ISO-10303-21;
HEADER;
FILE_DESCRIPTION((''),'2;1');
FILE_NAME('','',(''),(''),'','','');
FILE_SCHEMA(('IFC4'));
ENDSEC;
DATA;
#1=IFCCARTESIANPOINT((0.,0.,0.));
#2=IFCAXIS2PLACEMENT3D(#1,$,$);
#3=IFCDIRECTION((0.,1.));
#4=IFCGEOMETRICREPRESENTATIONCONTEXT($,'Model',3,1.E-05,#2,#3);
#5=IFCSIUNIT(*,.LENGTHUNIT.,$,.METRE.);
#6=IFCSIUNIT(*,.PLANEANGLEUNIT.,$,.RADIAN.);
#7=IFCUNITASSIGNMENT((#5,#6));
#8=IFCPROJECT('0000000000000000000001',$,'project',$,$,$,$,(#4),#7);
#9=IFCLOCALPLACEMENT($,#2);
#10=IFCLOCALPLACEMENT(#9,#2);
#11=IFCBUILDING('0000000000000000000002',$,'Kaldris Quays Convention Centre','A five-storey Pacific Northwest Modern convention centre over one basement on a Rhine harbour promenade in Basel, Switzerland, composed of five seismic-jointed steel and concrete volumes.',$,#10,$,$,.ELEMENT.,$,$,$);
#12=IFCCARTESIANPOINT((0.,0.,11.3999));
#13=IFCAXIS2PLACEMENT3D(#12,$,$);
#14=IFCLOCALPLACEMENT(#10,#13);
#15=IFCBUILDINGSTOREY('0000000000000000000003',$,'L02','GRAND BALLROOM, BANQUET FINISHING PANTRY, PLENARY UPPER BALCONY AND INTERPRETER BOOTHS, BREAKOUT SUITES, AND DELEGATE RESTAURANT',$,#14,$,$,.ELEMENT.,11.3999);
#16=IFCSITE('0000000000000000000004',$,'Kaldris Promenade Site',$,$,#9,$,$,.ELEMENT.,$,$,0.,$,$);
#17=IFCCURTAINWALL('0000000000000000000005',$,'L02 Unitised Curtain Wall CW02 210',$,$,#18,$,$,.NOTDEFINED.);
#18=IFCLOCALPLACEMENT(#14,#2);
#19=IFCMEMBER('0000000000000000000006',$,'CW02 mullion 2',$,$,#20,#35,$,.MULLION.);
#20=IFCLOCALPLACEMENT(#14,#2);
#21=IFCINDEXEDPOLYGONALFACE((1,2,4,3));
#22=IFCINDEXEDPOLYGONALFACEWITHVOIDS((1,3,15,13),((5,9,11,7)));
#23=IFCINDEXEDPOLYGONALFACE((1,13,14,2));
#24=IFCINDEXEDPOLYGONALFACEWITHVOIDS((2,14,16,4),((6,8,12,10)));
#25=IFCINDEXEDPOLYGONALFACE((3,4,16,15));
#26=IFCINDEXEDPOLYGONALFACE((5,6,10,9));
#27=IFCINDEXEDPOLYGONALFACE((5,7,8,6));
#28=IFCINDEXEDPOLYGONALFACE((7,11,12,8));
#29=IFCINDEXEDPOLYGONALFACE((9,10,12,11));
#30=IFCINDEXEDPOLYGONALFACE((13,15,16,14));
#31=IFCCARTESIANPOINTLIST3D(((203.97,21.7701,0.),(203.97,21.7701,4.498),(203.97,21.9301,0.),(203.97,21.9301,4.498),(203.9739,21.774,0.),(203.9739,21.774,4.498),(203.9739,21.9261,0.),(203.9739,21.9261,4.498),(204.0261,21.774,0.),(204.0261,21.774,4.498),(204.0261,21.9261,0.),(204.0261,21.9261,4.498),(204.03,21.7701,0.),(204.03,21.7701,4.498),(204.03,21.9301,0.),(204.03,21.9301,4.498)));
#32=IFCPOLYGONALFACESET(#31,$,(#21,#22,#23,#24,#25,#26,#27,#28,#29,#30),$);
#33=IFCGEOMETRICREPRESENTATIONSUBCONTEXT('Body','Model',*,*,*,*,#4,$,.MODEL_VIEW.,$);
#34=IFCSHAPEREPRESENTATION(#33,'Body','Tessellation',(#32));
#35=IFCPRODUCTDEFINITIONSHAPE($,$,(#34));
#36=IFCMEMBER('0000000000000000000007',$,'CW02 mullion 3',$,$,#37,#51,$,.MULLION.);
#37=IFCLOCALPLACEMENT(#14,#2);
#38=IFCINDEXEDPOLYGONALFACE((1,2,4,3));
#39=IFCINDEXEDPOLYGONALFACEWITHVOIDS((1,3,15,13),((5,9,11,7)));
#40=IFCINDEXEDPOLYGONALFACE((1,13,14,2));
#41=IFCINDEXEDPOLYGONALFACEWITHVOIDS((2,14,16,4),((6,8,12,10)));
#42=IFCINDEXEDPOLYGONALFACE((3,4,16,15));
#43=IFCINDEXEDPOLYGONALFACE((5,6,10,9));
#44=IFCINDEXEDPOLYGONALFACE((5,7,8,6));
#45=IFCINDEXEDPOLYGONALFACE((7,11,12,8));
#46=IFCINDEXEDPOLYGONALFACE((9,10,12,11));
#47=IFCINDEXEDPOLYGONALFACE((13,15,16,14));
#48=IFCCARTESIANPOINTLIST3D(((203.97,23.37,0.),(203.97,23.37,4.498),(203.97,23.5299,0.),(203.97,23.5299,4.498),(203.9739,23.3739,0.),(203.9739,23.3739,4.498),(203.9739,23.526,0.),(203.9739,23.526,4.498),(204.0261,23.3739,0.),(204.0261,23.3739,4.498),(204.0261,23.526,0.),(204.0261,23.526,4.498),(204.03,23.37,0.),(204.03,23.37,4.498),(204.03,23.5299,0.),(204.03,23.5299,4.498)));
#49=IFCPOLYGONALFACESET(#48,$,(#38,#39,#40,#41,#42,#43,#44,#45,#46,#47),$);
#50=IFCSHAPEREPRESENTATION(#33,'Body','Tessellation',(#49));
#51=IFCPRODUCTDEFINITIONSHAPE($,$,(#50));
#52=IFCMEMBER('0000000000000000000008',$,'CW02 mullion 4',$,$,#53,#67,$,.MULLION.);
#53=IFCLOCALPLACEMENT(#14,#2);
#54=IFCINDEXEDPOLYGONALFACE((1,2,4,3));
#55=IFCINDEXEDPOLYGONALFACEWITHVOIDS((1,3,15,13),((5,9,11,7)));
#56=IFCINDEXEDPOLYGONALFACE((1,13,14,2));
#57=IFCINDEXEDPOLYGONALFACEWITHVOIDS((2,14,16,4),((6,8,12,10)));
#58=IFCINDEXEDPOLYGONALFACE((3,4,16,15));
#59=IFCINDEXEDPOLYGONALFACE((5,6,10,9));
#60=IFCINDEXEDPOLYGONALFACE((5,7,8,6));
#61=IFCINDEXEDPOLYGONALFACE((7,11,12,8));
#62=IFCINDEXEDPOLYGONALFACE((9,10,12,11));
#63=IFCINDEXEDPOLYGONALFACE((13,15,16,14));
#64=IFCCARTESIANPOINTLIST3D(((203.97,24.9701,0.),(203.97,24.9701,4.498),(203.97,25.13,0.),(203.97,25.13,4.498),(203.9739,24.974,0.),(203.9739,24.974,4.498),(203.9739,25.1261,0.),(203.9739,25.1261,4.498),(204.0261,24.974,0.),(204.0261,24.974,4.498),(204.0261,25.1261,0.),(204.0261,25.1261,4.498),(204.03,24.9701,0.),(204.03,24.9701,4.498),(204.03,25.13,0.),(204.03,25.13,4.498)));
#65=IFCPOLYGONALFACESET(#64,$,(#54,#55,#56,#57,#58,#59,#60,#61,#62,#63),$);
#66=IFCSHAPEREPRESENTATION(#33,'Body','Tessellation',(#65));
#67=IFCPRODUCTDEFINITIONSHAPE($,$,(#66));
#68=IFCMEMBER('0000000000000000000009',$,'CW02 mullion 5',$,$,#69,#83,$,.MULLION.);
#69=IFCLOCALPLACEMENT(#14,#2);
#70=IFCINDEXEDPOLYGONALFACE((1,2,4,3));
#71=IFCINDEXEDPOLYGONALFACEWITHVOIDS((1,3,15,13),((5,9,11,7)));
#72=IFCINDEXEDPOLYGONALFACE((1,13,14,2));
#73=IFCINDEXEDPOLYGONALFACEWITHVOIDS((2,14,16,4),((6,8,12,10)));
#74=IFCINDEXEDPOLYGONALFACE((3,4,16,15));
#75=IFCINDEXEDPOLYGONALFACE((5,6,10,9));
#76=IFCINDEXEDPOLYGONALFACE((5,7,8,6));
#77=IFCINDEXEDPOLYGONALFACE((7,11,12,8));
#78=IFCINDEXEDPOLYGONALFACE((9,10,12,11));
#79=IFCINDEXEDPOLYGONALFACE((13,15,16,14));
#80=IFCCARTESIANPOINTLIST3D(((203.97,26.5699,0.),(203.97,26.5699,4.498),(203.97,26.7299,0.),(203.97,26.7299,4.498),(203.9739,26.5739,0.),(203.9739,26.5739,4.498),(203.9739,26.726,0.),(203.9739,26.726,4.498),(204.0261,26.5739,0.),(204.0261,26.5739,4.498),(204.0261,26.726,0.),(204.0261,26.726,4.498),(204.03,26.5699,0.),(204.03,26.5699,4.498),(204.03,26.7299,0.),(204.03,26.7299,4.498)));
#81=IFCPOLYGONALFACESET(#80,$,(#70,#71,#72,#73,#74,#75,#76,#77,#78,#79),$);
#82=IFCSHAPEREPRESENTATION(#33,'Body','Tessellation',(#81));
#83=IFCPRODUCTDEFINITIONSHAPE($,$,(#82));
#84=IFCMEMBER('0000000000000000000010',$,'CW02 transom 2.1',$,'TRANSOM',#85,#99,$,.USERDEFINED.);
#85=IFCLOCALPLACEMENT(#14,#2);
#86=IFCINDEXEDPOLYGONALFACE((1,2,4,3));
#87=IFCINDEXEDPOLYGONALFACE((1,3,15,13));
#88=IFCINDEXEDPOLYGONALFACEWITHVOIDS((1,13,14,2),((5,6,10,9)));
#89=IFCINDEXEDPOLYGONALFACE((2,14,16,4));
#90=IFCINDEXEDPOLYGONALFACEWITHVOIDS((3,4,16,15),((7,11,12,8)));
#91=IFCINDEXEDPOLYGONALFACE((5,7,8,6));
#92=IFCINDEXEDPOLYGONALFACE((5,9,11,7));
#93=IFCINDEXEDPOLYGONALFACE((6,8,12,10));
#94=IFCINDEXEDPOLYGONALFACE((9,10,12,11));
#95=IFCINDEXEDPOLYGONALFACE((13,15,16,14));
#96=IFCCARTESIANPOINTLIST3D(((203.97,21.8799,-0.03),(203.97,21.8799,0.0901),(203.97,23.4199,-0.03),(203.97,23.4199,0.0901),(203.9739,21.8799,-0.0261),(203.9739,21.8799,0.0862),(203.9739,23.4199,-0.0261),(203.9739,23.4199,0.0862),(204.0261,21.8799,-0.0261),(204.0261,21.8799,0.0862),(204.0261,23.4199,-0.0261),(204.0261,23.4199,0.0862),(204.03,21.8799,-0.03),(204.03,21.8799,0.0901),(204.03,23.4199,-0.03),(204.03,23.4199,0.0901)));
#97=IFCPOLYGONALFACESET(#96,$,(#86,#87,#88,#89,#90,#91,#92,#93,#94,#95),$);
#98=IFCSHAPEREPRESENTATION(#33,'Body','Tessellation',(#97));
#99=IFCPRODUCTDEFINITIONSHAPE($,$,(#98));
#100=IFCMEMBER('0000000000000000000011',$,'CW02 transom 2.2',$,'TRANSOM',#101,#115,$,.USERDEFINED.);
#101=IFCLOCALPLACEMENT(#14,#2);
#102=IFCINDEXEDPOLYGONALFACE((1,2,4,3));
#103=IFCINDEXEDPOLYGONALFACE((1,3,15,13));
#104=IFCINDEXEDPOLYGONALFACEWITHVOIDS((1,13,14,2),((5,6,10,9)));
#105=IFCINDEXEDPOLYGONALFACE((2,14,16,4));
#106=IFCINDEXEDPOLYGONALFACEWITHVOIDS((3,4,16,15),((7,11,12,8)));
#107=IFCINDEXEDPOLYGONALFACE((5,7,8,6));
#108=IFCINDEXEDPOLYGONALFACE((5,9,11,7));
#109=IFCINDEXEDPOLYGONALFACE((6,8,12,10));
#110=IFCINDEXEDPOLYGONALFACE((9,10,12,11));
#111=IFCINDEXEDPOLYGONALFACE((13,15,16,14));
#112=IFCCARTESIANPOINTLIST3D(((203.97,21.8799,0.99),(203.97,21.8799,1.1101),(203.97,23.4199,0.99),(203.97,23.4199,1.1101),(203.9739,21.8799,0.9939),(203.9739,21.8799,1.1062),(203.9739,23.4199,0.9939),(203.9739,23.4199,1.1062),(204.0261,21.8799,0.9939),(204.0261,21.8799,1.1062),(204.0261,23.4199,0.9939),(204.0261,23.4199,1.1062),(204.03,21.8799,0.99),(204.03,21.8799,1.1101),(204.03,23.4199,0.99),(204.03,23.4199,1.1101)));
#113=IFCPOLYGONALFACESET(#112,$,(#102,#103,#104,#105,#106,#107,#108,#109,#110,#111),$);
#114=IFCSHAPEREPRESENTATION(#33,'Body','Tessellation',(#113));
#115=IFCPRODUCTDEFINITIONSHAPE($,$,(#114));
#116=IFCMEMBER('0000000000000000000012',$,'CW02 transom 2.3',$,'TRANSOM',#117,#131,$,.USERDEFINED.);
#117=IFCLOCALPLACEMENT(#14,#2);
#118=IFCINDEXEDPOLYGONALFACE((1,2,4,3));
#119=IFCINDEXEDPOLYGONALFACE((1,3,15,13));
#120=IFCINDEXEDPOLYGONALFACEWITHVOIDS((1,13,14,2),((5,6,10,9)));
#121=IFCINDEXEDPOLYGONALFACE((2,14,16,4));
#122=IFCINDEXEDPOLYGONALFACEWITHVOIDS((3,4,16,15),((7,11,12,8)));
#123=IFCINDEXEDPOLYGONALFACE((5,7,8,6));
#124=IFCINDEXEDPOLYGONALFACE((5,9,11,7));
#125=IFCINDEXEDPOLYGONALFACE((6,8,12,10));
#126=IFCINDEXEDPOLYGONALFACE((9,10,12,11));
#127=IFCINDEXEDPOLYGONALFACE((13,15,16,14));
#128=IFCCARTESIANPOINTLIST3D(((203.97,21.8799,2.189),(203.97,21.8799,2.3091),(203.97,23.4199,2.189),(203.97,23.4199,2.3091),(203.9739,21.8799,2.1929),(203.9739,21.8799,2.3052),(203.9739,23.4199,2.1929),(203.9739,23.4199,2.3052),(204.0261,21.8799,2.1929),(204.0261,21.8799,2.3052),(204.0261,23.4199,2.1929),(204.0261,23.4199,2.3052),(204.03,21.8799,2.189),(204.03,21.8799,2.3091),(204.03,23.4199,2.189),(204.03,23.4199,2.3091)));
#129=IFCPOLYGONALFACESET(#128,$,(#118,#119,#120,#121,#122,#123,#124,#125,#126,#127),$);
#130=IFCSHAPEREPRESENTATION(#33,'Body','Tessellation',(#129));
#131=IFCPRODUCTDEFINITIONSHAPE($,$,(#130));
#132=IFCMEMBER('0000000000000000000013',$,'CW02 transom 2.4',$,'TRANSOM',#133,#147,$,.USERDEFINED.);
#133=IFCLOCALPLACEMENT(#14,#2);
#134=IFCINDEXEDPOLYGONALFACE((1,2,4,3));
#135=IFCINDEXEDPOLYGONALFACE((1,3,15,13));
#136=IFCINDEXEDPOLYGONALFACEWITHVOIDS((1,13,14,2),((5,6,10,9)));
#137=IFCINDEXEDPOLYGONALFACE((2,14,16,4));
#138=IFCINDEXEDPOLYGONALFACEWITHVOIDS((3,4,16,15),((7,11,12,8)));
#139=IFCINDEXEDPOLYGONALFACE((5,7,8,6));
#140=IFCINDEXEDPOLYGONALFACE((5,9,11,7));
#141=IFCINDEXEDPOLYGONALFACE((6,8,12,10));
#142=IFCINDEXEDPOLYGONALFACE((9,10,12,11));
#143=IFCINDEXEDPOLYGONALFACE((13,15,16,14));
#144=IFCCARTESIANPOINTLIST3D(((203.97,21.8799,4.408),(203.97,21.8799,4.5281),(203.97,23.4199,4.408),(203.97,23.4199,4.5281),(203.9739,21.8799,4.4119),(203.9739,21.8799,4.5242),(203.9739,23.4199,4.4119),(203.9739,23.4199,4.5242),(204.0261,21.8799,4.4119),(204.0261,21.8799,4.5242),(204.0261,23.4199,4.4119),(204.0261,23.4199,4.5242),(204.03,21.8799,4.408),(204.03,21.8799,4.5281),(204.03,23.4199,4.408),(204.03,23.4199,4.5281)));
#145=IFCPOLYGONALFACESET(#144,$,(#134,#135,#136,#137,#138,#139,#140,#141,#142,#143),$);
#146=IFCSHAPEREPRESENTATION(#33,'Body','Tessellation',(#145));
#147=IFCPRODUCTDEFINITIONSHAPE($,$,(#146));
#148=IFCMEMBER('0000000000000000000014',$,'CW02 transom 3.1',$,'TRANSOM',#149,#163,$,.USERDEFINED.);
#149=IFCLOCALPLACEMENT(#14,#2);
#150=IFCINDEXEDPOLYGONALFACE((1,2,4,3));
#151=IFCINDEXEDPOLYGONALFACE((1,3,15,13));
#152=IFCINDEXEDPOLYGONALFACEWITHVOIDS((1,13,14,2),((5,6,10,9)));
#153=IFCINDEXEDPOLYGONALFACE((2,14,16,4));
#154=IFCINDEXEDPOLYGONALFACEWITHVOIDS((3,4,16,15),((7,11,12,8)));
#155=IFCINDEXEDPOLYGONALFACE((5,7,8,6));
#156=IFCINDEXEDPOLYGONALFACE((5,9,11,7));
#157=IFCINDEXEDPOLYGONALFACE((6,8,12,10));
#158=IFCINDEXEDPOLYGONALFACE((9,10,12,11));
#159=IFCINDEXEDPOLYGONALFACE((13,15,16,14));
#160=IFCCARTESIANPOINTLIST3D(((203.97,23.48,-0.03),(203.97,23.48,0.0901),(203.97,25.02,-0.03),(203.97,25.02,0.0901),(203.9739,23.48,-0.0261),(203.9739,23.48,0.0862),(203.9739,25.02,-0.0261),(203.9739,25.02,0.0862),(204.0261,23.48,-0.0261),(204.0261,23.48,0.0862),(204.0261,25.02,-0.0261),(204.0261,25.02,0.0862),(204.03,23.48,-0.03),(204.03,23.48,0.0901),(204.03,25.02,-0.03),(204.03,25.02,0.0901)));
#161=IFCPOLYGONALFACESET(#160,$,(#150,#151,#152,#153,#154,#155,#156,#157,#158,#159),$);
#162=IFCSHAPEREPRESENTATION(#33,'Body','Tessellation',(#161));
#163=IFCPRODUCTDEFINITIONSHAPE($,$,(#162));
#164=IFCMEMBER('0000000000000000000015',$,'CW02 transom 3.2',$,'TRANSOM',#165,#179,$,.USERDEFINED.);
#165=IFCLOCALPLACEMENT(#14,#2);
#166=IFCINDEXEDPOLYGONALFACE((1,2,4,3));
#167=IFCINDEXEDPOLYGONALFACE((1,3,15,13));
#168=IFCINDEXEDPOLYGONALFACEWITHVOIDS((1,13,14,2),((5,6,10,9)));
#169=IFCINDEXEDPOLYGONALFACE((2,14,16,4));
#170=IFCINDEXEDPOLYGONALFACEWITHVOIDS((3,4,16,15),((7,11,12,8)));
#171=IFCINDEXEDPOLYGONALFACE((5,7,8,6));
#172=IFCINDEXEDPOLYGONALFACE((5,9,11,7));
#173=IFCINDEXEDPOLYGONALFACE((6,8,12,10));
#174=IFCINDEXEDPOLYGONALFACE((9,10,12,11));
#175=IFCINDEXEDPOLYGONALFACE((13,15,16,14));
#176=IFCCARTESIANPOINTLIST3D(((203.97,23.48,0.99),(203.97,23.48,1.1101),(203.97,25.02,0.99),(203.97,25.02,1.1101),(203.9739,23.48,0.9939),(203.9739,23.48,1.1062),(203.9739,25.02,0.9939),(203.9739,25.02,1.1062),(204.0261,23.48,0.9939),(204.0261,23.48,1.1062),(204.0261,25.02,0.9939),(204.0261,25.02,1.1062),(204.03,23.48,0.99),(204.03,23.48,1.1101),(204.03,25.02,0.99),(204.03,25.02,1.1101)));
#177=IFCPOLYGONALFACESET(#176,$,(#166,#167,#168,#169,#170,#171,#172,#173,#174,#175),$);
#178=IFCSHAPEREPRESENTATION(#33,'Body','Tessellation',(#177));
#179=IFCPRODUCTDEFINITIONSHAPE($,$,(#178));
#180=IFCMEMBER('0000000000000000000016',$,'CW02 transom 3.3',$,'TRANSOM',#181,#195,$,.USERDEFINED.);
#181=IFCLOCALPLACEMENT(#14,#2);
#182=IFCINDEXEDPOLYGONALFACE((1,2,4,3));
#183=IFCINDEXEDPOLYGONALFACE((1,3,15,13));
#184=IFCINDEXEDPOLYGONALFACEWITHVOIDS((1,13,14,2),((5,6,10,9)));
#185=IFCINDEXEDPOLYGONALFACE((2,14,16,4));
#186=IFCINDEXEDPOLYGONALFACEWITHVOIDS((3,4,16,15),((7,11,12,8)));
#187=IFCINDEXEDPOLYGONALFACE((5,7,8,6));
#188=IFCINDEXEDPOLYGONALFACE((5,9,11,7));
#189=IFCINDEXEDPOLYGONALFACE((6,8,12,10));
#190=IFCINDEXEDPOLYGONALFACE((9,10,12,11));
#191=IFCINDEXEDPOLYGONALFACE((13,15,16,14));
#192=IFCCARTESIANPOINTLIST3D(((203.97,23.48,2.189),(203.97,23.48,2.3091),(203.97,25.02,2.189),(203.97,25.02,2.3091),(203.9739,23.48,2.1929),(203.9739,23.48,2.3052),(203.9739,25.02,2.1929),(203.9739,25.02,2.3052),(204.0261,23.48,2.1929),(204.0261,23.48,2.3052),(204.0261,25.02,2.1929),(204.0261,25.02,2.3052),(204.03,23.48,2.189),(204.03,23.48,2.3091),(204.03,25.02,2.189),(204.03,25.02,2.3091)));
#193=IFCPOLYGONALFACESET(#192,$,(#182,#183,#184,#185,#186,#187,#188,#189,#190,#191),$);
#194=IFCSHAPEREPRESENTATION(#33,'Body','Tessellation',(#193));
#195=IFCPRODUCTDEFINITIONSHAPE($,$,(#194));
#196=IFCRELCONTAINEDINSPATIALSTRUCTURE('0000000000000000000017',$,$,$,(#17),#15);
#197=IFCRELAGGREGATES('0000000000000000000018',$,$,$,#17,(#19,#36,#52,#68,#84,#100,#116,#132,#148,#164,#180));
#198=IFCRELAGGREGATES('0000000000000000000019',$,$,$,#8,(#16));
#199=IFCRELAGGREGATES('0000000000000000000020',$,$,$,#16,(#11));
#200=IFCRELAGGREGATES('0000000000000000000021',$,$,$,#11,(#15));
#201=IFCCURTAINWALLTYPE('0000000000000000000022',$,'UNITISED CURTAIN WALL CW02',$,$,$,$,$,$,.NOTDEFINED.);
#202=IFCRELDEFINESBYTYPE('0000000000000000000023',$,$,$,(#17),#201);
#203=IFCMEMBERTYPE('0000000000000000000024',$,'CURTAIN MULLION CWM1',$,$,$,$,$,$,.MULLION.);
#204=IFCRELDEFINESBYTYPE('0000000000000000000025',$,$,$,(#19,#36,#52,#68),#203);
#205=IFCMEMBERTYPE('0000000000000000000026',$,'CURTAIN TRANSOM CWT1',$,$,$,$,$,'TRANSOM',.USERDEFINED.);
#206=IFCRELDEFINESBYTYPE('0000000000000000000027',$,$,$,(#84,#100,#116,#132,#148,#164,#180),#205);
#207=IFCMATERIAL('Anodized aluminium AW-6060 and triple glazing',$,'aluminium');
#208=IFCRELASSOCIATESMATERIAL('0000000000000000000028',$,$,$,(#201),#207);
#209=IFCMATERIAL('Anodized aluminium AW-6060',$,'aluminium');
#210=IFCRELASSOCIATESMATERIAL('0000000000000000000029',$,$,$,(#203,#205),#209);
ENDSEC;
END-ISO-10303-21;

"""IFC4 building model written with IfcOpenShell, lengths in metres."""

from ifc_helpers import new_model, si_unit, direction, frame, origin, origin_2d, place, context, subcontext, project, spatial, hollow_rectangle, extrude, material, material_profile, profile_set, type_object, element, aggregate, save


model = new_model("IFC4")

# Units and contexts
model_context = context("Model", 3, precision=1e-05, world=origin(), true_north=direction((0.0, 1.0)))
body_context = subcontext(model_context, "Body", "Model", "MODEL_VIEW")
ifc_project = project(units=[si_unit("LENGTHUNIT", "METRE"), si_unit("PLANEANGLEUNIT", "RADIAN")], contexts=[model_context])

# Site, building, storey
site_placement = place(None, origin())
site = spatial("IfcSite", under=ifc_project, at=site_placement, Name="Kaldris Promenade Site", CompositionType="ELEMENT", RefElevation=0.0)
building_placement = place(site_placement, origin())
building = spatial("IfcBuilding", under=site, at=building_placement, Name="Kaldris Quays Convention Centre", Description="A five-storey Pacific Northwest Modern convention centre over one basement on a Rhine harbour promenade in Basel, Switzerland, composed of five seismic-jointed steel and concrete volumes.", CompositionType="ELEMENT")
storey_placement = place(building_placement, frame((0.0, 0.0, 11.3999)))
storey = spatial("IfcBuildingStorey", under=building, at=storey_placement, Name="L02", Description="GRAND BALLROOM, BANQUET FINISHING PANTRY, PLENARY UPPER BALCONY AND INTERPRETER BOOTHS, BREAKOUT SUITES, AND DELEGATE RESTAURANT", CompositionType="ELEMENT", Elevation=11.3999)

# Curtain wall, members
ifc_material_1 = material(Name="Anodized aluminium AW-6060 and triple glazing", Category="aluminium")
curtain_wall_type = type_object("IfcCurtainWallType", Name="UNITISED CURTAIN WALL CW02", PredefinedType="NOTDEFINED", material=ifc_material_1)
curtain_wall_placement = place(storey_placement, origin())
curtain_wall = element("IfcCurtainWall", 1, at=curtain_wall_placement, inside=storey, type_object=curtain_wall_type, Name="L02 Unitised Curtain Wall CW02 210", PredefinedType="NOTDEFINED")
ifc_material_2 = material(Name="Anodized aluminium AW-6060", Category="aluminium")
ifc_material_profile_1 = material_profile(ifc_material_2, hollow_rectangle(XDim=0.0601, YDim=0.1599, WallThickness=0.0039, at=origin_2d()), Name="RHS 160x60x4")
ifc_profile_set_1 = profile_set([ifc_material_profile_1], Name="Anodized aluminium AW-6060")
member_type_1 = type_object("IfcMemberType", Name="CURTAIN MULLION CWM1", PredefinedType="MULLION", material=ifc_profile_set_1)
member_1_placement = place(storey_placement, frame((204.0, 21.8501, 0.0), z_axis=(0.0, 0.0, 1.0), x_axis=(-1.0, 0.0, 0.0)))
member_1 = element("IfcMember", 2, at=member_1_placement, type_object=member_type_1, Name="CW02 mullion 2", PredefinedType="MULLION", context=body_context, shape_type="SweptSolid", body=[
    extrude(hollow_rectangle(XDim=0.0601, YDim=0.1599, WallThickness=0.0039, at=origin_2d()), origin(), (0.0, 0.0, 1.0), 4.498),
])
member_2_placement = place(storey_placement, frame((204.0, 23.45, 0.0), z_axis=(0.0, 0.0, 1.0), x_axis=(-1.0, 0.0, 0.0)))
member_2 = element("IfcMember", 3, at=member_2_placement, type_object=member_type_1, Name="CW02 mullion 3", PredefinedType="MULLION", context=body_context, shape_type="SweptSolid", body=[
    extrude(hollow_rectangle(XDim=0.0601, YDim=0.1599, WallThickness=0.0039, at=origin_2d()), origin(), (0.0, 0.0, 1.0), 4.498),
])
member_3_placement = place(storey_placement, frame((204.0, 25.05, 0.0), z_axis=(0.0, 0.0, 1.0), x_axis=(-1.0, 0.0, 0.0)))
member_3 = element("IfcMember", 4, at=member_3_placement, type_object=member_type_1, Name="CW02 mullion 4", PredefinedType="MULLION", context=body_context, shape_type="SweptSolid", body=[
    extrude(hollow_rectangle(XDim=0.0601, YDim=0.1599, WallThickness=0.0039, at=origin_2d()), origin(), (0.0, 0.0, 1.0), 4.498),
])
member_4_placement = place(storey_placement, frame((204.0, 26.6499, 0.0), z_axis=(0.0, 0.0, 1.0), x_axis=(-1.0, 0.0, 0.0)))
member_4 = element("IfcMember", 5, at=member_4_placement, type_object=member_type_1, Name="CW02 mullion 5", PredefinedType="MULLION", context=body_context, shape_type="SweptSolid", body=[
    extrude(hollow_rectangle(XDim=0.0601, YDim=0.1599, WallThickness=0.0039, at=origin_2d()), origin(), (0.0, 0.0, 1.0), 4.498),
])
ifc_material_profile_2 = material_profile(ifc_material_2, hollow_rectangle(XDim=0.0601, YDim=0.1201, WallThickness=0.0039, at=origin_2d()), Name="RHS 120x60x4")
ifc_profile_set_2 = profile_set([ifc_material_profile_2], Name="Anodized aluminium AW-6060")
member_type_2 = type_object("IfcMemberType", Name="CURTAIN TRANSOM CWT1", ElementType="TRANSOM", PredefinedType="USERDEFINED", material=ifc_profile_set_2)
member_5_placement = place(storey_placement, frame((204.0, 21.8799, 0.03), z_axis=(0.0, 1.0, 0.0), x_axis=(-1.0, 0.0, 0.0)))
member_5 = element("IfcMember", 6, at=member_5_placement, type_object=member_type_2, Name="CW02 transom 2.1", ObjectType="TRANSOM", PredefinedType="USERDEFINED", context=body_context, shape_type="SweptSolid", body=[
    extrude(hollow_rectangle(XDim=0.0601, YDim=0.1201, WallThickness=0.0039, at=origin_2d()), origin(), (0.0, 0.0, 1.0), 1.54),
])
member_6_placement = place(storey_placement, frame((204.0, 21.8799, 1.05), z_axis=(0.0, 1.0, 0.0), x_axis=(-1.0, 0.0, 0.0)))
member_6 = element("IfcMember", 7, at=member_6_placement, type_object=member_type_2, Name="CW02 transom 2.2", ObjectType="TRANSOM", PredefinedType="USERDEFINED", context=body_context, shape_type="SweptSolid", body=[
    extrude(hollow_rectangle(XDim=0.0601, YDim=0.1201, WallThickness=0.0039, at=origin_2d()), origin(), (0.0, 0.0, 1.0), 1.54),
])
member_7_placement = place(storey_placement, frame((204.0, 21.8799, 2.249), z_axis=(0.0, 1.0, 0.0), x_axis=(-1.0, 0.0, 0.0)))
member_7 = element("IfcMember", 8, at=member_7_placement, type_object=member_type_2, Name="CW02 transom 2.3", ObjectType="TRANSOM", PredefinedType="USERDEFINED", context=body_context, shape_type="SweptSolid", body=[
    extrude(hollow_rectangle(XDim=0.0601, YDim=0.1201, WallThickness=0.0039, at=origin_2d()), origin(), (0.0, 0.0, 1.0), 1.54),
])
member_8_placement = place(storey_placement, frame((204.0, 21.8799, 4.468), z_axis=(0.0, 1.0, 0.0), x_axis=(-1.0, 0.0, 0.0)))
member_8 = element("IfcMember", 9, at=member_8_placement, type_object=member_type_2, Name="CW02 transom 2.4", ObjectType="TRANSOM", PredefinedType="USERDEFINED", context=body_context, shape_type="SweptSolid", body=[
    extrude(hollow_rectangle(XDim=0.0601, YDim=0.1201, WallThickness=0.0039, at=origin_2d()), origin(), (0.0, 0.0, 1.0), 1.54),
])
member_9_placement = place(storey_placement, frame((204.0, 23.48, 0.03), z_axis=(0.0, 1.0, 0.0), x_axis=(-1.0, 0.0, 0.0)))
member_9 = element("IfcMember", 10, at=member_9_placement, type_object=member_type_2, Name="CW02 transom 3.1", ObjectType="TRANSOM", PredefinedType="USERDEFINED", context=body_context, shape_type="SweptSolid", body=[
    extrude(hollow_rectangle(XDim=0.0601, YDim=0.1201, WallThickness=0.0039, at=origin_2d()), origin(), (0.0, 0.0, 1.0), 1.54),
])
member_10_placement = place(storey_placement, frame((204.0, 23.48, 1.05), z_axis=(0.0, 1.0, 0.0), x_axis=(-1.0, 0.0, 0.0)))
member_10 = element("IfcMember", 11, at=member_10_placement, type_object=member_type_2, Name="CW02 transom 3.2", ObjectType="TRANSOM", PredefinedType="USERDEFINED", context=body_context, shape_type="SweptSolid", body=[
    extrude(hollow_rectangle(XDim=0.0601, YDim=0.1201, WallThickness=0.0039, at=origin_2d()), origin(), (0.0, 0.0, 1.0), 1.54),
])
member_11_placement = place(storey_placement, frame((204.0, 23.48, 2.249), z_axis=(0.0, 1.0, 0.0), x_axis=(-1.0, 0.0, 0.0)))
member_11 = element("IfcMember", 12, at=member_11_placement, type_object=member_type_2, Name="CW02 transom 3.3", ObjectType="TRANSOM", PredefinedType="USERDEFINED", context=body_context, shape_type="SweptSolid", body=[
    extrude(hollow_rectangle(XDim=0.0601, YDim=0.1201, WallThickness=0.0039, at=origin_2d()), origin(), (0.0, 0.0, 1.0), 1.54),
])
aggregate(curtain_wall, [member_1, member_2, member_3, member_4, member_5, member_6, member_7, member_8, member_9, member_10, member_11])

save(model, "model.ifc")
